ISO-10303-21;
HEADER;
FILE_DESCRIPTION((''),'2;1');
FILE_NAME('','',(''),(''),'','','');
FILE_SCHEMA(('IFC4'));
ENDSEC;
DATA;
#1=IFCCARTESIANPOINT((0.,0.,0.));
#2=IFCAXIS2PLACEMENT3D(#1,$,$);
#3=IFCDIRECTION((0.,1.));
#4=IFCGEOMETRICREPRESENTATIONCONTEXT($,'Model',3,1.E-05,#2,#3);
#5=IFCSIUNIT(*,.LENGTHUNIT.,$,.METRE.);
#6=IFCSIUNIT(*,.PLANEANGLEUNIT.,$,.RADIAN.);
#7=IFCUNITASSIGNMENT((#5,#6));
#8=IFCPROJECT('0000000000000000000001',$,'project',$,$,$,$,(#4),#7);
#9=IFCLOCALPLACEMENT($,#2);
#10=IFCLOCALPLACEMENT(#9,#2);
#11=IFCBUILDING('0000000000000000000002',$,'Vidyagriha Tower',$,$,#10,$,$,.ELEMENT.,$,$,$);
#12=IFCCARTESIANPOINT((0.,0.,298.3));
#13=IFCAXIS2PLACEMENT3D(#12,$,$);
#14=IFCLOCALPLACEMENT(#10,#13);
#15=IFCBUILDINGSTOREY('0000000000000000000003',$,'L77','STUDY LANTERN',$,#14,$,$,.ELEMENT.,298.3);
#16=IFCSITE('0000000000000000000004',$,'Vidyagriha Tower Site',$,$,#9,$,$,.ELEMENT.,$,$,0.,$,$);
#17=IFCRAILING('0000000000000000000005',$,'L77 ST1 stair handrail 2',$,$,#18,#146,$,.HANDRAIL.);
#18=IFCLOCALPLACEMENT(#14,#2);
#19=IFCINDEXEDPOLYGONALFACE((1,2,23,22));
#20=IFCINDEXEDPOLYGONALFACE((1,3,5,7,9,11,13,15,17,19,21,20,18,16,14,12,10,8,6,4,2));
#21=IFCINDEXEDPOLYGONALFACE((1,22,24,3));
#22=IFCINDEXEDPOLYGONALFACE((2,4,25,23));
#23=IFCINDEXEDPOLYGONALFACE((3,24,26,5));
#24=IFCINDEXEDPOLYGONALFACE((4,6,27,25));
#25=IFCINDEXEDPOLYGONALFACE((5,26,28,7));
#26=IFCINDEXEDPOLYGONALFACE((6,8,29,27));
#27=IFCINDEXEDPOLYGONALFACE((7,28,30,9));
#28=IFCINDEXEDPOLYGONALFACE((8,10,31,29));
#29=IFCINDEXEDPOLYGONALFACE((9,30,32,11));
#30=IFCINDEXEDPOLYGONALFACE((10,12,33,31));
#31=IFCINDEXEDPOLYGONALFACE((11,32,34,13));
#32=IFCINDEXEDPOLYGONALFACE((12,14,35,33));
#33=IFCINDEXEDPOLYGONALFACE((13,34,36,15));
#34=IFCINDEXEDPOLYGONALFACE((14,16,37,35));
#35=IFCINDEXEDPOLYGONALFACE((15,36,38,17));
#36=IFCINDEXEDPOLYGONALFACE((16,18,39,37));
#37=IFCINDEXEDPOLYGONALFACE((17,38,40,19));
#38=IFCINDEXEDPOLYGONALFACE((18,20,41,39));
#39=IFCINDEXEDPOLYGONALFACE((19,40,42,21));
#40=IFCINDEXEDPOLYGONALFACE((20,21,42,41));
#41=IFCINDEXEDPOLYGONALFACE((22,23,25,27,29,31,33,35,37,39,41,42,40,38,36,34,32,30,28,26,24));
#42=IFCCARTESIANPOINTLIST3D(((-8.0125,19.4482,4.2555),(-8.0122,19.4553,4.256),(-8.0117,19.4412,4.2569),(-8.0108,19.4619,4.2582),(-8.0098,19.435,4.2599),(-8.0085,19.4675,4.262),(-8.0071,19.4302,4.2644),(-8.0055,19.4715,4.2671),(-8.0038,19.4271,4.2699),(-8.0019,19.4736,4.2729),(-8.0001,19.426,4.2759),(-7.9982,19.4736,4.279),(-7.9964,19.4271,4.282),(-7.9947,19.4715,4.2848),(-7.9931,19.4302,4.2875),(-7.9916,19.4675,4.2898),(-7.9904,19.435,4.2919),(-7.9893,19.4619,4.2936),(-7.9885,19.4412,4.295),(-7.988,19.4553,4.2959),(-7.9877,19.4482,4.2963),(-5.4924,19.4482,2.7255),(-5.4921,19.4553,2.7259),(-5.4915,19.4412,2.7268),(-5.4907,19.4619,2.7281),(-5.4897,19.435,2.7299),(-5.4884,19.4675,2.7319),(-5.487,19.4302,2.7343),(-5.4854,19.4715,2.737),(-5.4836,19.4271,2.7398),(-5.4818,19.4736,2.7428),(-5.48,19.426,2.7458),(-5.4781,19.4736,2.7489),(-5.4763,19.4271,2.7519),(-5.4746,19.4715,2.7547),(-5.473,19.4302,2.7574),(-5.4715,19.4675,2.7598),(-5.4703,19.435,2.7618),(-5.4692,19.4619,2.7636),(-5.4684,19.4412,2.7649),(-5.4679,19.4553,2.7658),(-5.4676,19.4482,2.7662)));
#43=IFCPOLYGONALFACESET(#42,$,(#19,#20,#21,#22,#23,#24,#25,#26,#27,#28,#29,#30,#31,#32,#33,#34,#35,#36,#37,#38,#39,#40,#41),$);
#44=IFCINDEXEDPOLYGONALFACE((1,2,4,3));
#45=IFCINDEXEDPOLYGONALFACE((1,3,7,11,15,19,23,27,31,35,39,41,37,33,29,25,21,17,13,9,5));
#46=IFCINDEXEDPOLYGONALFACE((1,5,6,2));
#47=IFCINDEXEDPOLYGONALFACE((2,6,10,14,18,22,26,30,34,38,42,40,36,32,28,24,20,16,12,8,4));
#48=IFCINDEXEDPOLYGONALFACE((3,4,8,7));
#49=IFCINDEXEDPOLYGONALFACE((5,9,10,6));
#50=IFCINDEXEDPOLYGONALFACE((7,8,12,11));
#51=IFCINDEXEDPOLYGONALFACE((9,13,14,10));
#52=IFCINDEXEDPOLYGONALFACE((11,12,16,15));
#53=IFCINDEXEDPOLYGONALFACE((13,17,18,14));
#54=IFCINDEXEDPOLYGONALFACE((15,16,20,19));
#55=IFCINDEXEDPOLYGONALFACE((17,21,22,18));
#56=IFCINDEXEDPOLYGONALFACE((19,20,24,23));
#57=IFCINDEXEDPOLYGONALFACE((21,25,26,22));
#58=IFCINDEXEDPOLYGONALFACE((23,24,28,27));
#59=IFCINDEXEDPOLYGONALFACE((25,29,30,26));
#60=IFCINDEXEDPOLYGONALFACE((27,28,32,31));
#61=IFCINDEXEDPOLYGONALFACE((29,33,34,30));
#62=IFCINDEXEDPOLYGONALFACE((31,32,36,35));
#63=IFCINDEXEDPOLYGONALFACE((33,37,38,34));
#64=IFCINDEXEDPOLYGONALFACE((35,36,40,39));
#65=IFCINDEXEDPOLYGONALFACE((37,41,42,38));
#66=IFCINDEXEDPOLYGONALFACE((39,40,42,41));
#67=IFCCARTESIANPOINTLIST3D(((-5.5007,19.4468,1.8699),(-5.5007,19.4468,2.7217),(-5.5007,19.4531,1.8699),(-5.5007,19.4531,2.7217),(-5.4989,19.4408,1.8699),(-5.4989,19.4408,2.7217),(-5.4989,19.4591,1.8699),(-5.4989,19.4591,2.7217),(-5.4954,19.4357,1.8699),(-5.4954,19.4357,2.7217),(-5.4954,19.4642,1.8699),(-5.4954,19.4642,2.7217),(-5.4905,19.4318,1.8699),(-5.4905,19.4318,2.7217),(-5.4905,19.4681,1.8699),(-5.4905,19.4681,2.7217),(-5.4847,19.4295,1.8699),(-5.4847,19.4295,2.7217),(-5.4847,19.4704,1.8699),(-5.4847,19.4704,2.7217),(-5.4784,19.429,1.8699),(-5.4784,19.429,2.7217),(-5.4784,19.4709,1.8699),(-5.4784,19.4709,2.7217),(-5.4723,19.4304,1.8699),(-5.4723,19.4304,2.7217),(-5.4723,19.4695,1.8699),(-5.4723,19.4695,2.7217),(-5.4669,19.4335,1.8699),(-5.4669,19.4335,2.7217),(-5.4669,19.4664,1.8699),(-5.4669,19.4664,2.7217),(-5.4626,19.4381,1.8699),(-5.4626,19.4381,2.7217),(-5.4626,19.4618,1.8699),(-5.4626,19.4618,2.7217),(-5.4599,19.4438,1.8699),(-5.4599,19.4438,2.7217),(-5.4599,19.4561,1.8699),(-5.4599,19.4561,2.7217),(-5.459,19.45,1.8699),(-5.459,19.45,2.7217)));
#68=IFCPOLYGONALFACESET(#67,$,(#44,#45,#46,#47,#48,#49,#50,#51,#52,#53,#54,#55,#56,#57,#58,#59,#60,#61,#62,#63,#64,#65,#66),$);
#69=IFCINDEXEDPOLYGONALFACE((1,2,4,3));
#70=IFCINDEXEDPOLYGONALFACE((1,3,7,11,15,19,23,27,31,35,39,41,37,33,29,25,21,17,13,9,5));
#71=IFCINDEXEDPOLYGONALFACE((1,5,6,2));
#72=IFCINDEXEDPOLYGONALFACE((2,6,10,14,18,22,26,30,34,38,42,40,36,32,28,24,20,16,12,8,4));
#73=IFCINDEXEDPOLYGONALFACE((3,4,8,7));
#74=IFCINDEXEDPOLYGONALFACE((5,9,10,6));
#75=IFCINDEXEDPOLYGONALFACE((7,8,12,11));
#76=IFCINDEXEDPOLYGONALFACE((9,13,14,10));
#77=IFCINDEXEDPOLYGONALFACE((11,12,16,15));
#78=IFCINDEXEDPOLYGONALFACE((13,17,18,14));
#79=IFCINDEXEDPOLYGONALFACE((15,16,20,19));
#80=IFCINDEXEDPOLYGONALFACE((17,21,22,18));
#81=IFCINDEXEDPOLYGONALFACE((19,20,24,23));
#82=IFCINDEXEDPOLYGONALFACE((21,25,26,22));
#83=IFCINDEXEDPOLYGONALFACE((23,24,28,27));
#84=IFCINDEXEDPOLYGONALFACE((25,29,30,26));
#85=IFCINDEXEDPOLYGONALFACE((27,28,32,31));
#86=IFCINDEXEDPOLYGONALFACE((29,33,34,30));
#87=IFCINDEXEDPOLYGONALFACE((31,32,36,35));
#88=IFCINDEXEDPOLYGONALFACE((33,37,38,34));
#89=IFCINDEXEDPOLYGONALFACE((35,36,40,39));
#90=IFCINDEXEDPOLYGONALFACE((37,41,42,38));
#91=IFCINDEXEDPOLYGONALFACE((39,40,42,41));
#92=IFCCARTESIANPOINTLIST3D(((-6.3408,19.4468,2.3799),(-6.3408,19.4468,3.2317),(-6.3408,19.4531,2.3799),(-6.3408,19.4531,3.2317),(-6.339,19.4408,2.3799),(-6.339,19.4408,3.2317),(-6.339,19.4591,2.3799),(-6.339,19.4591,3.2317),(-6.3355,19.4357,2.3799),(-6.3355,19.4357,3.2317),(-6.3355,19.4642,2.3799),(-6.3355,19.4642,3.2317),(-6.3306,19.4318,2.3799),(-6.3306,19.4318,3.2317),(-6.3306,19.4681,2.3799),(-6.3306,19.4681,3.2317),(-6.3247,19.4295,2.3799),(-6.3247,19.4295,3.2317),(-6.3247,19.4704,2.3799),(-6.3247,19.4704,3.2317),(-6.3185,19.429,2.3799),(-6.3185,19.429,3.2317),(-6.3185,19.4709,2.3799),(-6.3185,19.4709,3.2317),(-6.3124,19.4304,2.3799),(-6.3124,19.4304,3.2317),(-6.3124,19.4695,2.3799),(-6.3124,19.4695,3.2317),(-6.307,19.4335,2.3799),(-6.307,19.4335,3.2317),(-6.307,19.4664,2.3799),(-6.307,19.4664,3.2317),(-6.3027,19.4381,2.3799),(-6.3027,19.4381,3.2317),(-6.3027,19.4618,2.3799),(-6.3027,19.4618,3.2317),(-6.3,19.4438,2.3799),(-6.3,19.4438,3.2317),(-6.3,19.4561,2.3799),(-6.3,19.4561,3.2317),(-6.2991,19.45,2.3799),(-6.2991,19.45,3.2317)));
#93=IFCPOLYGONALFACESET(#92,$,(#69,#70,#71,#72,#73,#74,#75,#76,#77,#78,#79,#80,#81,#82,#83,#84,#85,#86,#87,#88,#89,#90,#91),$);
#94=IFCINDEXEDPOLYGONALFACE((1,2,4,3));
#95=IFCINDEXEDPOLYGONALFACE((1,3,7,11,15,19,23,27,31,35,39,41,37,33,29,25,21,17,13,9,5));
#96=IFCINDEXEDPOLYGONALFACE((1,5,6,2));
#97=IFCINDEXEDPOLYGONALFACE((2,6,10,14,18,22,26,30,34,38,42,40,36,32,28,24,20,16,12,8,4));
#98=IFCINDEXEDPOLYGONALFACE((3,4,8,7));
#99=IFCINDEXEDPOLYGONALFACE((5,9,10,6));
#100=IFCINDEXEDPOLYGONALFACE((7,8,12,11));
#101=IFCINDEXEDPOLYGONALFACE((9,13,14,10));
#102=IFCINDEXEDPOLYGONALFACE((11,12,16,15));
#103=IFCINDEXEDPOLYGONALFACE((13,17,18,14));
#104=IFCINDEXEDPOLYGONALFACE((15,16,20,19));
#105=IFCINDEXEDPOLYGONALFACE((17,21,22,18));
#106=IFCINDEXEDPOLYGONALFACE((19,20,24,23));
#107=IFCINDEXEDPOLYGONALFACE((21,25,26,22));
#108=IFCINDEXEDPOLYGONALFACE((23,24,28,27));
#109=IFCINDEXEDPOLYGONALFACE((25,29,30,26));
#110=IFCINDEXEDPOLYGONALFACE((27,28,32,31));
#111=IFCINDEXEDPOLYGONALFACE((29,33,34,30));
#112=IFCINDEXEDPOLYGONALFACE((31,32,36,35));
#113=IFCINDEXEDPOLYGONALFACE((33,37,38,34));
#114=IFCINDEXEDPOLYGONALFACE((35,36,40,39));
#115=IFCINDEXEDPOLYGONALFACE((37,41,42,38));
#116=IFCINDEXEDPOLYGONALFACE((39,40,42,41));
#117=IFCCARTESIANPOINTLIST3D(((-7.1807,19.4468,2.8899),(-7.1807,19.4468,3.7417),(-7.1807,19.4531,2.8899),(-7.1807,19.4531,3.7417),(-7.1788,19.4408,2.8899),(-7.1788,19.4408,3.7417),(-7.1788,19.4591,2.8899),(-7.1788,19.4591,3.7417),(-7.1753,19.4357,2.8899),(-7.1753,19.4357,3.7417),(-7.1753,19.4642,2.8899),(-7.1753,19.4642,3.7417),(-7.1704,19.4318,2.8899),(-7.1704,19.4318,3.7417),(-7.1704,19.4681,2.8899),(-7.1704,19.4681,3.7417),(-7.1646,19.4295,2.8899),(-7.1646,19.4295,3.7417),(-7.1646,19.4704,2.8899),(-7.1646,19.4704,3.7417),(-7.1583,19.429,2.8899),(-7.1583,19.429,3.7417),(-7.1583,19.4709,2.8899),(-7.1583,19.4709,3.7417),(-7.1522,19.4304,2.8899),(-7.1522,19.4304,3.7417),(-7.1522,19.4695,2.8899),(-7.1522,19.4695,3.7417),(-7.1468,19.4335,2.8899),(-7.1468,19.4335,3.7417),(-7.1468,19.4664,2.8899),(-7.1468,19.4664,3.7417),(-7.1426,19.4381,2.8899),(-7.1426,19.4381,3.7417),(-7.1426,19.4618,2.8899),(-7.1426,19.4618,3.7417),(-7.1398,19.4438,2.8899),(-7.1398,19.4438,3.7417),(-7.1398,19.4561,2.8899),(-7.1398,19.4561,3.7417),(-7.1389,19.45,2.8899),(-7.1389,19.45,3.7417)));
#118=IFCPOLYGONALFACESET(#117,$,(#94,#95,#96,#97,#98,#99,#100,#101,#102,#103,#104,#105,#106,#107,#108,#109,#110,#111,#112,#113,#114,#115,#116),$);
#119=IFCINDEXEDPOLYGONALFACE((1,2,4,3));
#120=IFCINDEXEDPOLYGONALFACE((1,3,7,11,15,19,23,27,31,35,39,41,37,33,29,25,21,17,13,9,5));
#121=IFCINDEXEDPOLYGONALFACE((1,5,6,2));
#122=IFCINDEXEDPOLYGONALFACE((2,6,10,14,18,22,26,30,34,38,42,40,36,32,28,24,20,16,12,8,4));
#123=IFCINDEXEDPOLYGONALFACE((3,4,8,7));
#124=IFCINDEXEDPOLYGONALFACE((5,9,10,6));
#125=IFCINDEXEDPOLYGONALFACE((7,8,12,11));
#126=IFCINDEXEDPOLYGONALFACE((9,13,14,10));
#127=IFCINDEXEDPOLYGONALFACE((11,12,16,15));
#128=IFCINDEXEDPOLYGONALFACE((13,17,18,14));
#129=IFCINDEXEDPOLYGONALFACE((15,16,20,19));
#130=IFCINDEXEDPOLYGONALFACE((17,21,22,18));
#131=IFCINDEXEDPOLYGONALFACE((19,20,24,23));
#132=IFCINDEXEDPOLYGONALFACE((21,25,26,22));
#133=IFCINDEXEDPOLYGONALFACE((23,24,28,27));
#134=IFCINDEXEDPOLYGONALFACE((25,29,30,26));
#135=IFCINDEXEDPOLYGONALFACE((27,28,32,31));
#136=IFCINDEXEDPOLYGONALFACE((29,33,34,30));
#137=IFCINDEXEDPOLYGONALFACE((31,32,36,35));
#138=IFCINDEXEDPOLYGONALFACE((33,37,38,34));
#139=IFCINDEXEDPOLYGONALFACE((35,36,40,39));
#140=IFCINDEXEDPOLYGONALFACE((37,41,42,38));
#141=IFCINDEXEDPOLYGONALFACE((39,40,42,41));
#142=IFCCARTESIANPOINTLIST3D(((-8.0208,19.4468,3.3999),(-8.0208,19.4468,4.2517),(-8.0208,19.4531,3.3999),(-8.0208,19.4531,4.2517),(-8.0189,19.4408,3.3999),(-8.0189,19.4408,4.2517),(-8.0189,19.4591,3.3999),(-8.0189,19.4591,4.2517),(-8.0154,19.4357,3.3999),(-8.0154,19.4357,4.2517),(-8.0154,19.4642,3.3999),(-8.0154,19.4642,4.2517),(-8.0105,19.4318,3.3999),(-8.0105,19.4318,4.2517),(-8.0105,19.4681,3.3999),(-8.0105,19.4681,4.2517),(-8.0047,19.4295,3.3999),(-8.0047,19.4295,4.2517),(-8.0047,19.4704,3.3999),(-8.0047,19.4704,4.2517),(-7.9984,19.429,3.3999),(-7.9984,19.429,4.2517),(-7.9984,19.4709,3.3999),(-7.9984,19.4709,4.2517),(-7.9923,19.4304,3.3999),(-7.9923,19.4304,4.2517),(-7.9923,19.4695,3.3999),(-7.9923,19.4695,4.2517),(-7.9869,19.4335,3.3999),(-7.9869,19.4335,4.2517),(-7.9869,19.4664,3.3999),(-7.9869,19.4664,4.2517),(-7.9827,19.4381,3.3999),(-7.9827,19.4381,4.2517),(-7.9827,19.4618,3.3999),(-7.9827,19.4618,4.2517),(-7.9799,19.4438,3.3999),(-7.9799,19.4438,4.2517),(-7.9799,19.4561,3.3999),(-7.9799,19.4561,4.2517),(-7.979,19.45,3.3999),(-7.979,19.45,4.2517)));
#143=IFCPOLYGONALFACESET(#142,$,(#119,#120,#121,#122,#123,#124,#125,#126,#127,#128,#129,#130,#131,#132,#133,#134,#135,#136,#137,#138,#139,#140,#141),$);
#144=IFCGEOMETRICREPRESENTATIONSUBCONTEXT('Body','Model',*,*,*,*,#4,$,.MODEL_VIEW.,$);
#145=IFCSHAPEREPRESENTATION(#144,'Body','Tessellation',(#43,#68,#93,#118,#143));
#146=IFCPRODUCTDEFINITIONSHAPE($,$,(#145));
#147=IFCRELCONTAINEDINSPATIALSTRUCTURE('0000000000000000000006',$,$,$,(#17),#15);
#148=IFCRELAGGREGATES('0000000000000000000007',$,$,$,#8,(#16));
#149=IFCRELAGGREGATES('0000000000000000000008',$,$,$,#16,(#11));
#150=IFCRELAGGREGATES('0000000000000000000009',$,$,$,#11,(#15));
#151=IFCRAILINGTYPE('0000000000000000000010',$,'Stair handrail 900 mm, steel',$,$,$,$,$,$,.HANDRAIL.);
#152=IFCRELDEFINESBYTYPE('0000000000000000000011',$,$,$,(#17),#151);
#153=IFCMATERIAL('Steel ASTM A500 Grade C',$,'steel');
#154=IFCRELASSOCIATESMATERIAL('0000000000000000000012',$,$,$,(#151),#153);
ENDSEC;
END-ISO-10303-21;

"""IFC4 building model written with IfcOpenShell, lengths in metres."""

from ifc_helpers import new_model, si_unit, direction, frame, origin, origin_2d, place, context, subcontext, project, spatial, circle, extrude, material, type_object, element, save


model = new_model("IFC4")

# Units and contexts
model_context = context("Model", 3, precision=1e-05, world=origin(), true_north=direction((0.0, 1.0)))
body_context = subcontext(model_context, "Body", "Model", "MODEL_VIEW")
ifc_project = project(units=[si_unit("LENGTHUNIT", "METRE"), si_unit("PLANEANGLEUNIT", "RADIAN")], contexts=[model_context])

# Site, building, storey
site_placement = place(None, origin())
site = spatial("IfcSite", under=ifc_project, at=site_placement, Name="Vidyagriha Tower Site", CompositionType="ELEMENT", RefElevation=0.0)
building_placement = place(site_placement, origin())
building = spatial("IfcBuilding", under=site, at=building_placement, Name="Vidyagriha Tower", CompositionType="ELEMENT")
storey_placement = place(building_placement, frame((0.0, 0.0, 298.3)))
storey = spatial("IfcBuildingStorey", under=building, at=storey_placement, Name="L77", Description="STUDY LANTERN", CompositionType="ELEMENT", Elevation=298.3)

# Railing
ifc_material_1 = material(Name="Steel ASTM A500 Grade C", Category="steel")
railing_type_1 = type_object("IfcRailingType", Name="Stair handrail 900 mm, steel", PredefinedType="HANDRAIL", material=ifc_material_1)
railing_1_placement = place(storey_placement, frame((-5.48, 19.45, 1.8699)))
element("IfcRailing", 1, at=railing_1_placement, inside=storey, type_object=railing_type_1, Name="L77 ST1 stair handrail 2", PredefinedType="HANDRAIL", context=body_context, shape_type="SweptSolid", body=[
    extrude(circle(Radius=0.0239, at=origin_2d()), frame((0.0, 0.0, 0.876), z_axis=(-0.854785, 0.0, 0.518982), x_axis=(0.0, -1.0, 0.0)), (0.0, 0.0, 1.0), 2.9482),
    extrude(circle(Radius=0.021, at=origin_2d()), origin(), (0.0, 0.0, 1.0), 0.8518),
    extrude(circle(Radius=0.021, at=origin_2d()), frame((-0.8401, 0.0, 0.51)), (0.0, 0.0, 1.0), 0.8518),
    extrude(circle(Radius=0.021, at=origin_2d()), frame((-1.6799, 0.0, 1.02)), (0.0, 0.0, 1.0), 0.8518),
    extrude(circle(Radius=0.021, at=origin_2d()), frame((-2.52, 0.0, 1.53)), (0.0, 0.0, 1.0), 0.8518),
])

save(model, "model.ifc")
